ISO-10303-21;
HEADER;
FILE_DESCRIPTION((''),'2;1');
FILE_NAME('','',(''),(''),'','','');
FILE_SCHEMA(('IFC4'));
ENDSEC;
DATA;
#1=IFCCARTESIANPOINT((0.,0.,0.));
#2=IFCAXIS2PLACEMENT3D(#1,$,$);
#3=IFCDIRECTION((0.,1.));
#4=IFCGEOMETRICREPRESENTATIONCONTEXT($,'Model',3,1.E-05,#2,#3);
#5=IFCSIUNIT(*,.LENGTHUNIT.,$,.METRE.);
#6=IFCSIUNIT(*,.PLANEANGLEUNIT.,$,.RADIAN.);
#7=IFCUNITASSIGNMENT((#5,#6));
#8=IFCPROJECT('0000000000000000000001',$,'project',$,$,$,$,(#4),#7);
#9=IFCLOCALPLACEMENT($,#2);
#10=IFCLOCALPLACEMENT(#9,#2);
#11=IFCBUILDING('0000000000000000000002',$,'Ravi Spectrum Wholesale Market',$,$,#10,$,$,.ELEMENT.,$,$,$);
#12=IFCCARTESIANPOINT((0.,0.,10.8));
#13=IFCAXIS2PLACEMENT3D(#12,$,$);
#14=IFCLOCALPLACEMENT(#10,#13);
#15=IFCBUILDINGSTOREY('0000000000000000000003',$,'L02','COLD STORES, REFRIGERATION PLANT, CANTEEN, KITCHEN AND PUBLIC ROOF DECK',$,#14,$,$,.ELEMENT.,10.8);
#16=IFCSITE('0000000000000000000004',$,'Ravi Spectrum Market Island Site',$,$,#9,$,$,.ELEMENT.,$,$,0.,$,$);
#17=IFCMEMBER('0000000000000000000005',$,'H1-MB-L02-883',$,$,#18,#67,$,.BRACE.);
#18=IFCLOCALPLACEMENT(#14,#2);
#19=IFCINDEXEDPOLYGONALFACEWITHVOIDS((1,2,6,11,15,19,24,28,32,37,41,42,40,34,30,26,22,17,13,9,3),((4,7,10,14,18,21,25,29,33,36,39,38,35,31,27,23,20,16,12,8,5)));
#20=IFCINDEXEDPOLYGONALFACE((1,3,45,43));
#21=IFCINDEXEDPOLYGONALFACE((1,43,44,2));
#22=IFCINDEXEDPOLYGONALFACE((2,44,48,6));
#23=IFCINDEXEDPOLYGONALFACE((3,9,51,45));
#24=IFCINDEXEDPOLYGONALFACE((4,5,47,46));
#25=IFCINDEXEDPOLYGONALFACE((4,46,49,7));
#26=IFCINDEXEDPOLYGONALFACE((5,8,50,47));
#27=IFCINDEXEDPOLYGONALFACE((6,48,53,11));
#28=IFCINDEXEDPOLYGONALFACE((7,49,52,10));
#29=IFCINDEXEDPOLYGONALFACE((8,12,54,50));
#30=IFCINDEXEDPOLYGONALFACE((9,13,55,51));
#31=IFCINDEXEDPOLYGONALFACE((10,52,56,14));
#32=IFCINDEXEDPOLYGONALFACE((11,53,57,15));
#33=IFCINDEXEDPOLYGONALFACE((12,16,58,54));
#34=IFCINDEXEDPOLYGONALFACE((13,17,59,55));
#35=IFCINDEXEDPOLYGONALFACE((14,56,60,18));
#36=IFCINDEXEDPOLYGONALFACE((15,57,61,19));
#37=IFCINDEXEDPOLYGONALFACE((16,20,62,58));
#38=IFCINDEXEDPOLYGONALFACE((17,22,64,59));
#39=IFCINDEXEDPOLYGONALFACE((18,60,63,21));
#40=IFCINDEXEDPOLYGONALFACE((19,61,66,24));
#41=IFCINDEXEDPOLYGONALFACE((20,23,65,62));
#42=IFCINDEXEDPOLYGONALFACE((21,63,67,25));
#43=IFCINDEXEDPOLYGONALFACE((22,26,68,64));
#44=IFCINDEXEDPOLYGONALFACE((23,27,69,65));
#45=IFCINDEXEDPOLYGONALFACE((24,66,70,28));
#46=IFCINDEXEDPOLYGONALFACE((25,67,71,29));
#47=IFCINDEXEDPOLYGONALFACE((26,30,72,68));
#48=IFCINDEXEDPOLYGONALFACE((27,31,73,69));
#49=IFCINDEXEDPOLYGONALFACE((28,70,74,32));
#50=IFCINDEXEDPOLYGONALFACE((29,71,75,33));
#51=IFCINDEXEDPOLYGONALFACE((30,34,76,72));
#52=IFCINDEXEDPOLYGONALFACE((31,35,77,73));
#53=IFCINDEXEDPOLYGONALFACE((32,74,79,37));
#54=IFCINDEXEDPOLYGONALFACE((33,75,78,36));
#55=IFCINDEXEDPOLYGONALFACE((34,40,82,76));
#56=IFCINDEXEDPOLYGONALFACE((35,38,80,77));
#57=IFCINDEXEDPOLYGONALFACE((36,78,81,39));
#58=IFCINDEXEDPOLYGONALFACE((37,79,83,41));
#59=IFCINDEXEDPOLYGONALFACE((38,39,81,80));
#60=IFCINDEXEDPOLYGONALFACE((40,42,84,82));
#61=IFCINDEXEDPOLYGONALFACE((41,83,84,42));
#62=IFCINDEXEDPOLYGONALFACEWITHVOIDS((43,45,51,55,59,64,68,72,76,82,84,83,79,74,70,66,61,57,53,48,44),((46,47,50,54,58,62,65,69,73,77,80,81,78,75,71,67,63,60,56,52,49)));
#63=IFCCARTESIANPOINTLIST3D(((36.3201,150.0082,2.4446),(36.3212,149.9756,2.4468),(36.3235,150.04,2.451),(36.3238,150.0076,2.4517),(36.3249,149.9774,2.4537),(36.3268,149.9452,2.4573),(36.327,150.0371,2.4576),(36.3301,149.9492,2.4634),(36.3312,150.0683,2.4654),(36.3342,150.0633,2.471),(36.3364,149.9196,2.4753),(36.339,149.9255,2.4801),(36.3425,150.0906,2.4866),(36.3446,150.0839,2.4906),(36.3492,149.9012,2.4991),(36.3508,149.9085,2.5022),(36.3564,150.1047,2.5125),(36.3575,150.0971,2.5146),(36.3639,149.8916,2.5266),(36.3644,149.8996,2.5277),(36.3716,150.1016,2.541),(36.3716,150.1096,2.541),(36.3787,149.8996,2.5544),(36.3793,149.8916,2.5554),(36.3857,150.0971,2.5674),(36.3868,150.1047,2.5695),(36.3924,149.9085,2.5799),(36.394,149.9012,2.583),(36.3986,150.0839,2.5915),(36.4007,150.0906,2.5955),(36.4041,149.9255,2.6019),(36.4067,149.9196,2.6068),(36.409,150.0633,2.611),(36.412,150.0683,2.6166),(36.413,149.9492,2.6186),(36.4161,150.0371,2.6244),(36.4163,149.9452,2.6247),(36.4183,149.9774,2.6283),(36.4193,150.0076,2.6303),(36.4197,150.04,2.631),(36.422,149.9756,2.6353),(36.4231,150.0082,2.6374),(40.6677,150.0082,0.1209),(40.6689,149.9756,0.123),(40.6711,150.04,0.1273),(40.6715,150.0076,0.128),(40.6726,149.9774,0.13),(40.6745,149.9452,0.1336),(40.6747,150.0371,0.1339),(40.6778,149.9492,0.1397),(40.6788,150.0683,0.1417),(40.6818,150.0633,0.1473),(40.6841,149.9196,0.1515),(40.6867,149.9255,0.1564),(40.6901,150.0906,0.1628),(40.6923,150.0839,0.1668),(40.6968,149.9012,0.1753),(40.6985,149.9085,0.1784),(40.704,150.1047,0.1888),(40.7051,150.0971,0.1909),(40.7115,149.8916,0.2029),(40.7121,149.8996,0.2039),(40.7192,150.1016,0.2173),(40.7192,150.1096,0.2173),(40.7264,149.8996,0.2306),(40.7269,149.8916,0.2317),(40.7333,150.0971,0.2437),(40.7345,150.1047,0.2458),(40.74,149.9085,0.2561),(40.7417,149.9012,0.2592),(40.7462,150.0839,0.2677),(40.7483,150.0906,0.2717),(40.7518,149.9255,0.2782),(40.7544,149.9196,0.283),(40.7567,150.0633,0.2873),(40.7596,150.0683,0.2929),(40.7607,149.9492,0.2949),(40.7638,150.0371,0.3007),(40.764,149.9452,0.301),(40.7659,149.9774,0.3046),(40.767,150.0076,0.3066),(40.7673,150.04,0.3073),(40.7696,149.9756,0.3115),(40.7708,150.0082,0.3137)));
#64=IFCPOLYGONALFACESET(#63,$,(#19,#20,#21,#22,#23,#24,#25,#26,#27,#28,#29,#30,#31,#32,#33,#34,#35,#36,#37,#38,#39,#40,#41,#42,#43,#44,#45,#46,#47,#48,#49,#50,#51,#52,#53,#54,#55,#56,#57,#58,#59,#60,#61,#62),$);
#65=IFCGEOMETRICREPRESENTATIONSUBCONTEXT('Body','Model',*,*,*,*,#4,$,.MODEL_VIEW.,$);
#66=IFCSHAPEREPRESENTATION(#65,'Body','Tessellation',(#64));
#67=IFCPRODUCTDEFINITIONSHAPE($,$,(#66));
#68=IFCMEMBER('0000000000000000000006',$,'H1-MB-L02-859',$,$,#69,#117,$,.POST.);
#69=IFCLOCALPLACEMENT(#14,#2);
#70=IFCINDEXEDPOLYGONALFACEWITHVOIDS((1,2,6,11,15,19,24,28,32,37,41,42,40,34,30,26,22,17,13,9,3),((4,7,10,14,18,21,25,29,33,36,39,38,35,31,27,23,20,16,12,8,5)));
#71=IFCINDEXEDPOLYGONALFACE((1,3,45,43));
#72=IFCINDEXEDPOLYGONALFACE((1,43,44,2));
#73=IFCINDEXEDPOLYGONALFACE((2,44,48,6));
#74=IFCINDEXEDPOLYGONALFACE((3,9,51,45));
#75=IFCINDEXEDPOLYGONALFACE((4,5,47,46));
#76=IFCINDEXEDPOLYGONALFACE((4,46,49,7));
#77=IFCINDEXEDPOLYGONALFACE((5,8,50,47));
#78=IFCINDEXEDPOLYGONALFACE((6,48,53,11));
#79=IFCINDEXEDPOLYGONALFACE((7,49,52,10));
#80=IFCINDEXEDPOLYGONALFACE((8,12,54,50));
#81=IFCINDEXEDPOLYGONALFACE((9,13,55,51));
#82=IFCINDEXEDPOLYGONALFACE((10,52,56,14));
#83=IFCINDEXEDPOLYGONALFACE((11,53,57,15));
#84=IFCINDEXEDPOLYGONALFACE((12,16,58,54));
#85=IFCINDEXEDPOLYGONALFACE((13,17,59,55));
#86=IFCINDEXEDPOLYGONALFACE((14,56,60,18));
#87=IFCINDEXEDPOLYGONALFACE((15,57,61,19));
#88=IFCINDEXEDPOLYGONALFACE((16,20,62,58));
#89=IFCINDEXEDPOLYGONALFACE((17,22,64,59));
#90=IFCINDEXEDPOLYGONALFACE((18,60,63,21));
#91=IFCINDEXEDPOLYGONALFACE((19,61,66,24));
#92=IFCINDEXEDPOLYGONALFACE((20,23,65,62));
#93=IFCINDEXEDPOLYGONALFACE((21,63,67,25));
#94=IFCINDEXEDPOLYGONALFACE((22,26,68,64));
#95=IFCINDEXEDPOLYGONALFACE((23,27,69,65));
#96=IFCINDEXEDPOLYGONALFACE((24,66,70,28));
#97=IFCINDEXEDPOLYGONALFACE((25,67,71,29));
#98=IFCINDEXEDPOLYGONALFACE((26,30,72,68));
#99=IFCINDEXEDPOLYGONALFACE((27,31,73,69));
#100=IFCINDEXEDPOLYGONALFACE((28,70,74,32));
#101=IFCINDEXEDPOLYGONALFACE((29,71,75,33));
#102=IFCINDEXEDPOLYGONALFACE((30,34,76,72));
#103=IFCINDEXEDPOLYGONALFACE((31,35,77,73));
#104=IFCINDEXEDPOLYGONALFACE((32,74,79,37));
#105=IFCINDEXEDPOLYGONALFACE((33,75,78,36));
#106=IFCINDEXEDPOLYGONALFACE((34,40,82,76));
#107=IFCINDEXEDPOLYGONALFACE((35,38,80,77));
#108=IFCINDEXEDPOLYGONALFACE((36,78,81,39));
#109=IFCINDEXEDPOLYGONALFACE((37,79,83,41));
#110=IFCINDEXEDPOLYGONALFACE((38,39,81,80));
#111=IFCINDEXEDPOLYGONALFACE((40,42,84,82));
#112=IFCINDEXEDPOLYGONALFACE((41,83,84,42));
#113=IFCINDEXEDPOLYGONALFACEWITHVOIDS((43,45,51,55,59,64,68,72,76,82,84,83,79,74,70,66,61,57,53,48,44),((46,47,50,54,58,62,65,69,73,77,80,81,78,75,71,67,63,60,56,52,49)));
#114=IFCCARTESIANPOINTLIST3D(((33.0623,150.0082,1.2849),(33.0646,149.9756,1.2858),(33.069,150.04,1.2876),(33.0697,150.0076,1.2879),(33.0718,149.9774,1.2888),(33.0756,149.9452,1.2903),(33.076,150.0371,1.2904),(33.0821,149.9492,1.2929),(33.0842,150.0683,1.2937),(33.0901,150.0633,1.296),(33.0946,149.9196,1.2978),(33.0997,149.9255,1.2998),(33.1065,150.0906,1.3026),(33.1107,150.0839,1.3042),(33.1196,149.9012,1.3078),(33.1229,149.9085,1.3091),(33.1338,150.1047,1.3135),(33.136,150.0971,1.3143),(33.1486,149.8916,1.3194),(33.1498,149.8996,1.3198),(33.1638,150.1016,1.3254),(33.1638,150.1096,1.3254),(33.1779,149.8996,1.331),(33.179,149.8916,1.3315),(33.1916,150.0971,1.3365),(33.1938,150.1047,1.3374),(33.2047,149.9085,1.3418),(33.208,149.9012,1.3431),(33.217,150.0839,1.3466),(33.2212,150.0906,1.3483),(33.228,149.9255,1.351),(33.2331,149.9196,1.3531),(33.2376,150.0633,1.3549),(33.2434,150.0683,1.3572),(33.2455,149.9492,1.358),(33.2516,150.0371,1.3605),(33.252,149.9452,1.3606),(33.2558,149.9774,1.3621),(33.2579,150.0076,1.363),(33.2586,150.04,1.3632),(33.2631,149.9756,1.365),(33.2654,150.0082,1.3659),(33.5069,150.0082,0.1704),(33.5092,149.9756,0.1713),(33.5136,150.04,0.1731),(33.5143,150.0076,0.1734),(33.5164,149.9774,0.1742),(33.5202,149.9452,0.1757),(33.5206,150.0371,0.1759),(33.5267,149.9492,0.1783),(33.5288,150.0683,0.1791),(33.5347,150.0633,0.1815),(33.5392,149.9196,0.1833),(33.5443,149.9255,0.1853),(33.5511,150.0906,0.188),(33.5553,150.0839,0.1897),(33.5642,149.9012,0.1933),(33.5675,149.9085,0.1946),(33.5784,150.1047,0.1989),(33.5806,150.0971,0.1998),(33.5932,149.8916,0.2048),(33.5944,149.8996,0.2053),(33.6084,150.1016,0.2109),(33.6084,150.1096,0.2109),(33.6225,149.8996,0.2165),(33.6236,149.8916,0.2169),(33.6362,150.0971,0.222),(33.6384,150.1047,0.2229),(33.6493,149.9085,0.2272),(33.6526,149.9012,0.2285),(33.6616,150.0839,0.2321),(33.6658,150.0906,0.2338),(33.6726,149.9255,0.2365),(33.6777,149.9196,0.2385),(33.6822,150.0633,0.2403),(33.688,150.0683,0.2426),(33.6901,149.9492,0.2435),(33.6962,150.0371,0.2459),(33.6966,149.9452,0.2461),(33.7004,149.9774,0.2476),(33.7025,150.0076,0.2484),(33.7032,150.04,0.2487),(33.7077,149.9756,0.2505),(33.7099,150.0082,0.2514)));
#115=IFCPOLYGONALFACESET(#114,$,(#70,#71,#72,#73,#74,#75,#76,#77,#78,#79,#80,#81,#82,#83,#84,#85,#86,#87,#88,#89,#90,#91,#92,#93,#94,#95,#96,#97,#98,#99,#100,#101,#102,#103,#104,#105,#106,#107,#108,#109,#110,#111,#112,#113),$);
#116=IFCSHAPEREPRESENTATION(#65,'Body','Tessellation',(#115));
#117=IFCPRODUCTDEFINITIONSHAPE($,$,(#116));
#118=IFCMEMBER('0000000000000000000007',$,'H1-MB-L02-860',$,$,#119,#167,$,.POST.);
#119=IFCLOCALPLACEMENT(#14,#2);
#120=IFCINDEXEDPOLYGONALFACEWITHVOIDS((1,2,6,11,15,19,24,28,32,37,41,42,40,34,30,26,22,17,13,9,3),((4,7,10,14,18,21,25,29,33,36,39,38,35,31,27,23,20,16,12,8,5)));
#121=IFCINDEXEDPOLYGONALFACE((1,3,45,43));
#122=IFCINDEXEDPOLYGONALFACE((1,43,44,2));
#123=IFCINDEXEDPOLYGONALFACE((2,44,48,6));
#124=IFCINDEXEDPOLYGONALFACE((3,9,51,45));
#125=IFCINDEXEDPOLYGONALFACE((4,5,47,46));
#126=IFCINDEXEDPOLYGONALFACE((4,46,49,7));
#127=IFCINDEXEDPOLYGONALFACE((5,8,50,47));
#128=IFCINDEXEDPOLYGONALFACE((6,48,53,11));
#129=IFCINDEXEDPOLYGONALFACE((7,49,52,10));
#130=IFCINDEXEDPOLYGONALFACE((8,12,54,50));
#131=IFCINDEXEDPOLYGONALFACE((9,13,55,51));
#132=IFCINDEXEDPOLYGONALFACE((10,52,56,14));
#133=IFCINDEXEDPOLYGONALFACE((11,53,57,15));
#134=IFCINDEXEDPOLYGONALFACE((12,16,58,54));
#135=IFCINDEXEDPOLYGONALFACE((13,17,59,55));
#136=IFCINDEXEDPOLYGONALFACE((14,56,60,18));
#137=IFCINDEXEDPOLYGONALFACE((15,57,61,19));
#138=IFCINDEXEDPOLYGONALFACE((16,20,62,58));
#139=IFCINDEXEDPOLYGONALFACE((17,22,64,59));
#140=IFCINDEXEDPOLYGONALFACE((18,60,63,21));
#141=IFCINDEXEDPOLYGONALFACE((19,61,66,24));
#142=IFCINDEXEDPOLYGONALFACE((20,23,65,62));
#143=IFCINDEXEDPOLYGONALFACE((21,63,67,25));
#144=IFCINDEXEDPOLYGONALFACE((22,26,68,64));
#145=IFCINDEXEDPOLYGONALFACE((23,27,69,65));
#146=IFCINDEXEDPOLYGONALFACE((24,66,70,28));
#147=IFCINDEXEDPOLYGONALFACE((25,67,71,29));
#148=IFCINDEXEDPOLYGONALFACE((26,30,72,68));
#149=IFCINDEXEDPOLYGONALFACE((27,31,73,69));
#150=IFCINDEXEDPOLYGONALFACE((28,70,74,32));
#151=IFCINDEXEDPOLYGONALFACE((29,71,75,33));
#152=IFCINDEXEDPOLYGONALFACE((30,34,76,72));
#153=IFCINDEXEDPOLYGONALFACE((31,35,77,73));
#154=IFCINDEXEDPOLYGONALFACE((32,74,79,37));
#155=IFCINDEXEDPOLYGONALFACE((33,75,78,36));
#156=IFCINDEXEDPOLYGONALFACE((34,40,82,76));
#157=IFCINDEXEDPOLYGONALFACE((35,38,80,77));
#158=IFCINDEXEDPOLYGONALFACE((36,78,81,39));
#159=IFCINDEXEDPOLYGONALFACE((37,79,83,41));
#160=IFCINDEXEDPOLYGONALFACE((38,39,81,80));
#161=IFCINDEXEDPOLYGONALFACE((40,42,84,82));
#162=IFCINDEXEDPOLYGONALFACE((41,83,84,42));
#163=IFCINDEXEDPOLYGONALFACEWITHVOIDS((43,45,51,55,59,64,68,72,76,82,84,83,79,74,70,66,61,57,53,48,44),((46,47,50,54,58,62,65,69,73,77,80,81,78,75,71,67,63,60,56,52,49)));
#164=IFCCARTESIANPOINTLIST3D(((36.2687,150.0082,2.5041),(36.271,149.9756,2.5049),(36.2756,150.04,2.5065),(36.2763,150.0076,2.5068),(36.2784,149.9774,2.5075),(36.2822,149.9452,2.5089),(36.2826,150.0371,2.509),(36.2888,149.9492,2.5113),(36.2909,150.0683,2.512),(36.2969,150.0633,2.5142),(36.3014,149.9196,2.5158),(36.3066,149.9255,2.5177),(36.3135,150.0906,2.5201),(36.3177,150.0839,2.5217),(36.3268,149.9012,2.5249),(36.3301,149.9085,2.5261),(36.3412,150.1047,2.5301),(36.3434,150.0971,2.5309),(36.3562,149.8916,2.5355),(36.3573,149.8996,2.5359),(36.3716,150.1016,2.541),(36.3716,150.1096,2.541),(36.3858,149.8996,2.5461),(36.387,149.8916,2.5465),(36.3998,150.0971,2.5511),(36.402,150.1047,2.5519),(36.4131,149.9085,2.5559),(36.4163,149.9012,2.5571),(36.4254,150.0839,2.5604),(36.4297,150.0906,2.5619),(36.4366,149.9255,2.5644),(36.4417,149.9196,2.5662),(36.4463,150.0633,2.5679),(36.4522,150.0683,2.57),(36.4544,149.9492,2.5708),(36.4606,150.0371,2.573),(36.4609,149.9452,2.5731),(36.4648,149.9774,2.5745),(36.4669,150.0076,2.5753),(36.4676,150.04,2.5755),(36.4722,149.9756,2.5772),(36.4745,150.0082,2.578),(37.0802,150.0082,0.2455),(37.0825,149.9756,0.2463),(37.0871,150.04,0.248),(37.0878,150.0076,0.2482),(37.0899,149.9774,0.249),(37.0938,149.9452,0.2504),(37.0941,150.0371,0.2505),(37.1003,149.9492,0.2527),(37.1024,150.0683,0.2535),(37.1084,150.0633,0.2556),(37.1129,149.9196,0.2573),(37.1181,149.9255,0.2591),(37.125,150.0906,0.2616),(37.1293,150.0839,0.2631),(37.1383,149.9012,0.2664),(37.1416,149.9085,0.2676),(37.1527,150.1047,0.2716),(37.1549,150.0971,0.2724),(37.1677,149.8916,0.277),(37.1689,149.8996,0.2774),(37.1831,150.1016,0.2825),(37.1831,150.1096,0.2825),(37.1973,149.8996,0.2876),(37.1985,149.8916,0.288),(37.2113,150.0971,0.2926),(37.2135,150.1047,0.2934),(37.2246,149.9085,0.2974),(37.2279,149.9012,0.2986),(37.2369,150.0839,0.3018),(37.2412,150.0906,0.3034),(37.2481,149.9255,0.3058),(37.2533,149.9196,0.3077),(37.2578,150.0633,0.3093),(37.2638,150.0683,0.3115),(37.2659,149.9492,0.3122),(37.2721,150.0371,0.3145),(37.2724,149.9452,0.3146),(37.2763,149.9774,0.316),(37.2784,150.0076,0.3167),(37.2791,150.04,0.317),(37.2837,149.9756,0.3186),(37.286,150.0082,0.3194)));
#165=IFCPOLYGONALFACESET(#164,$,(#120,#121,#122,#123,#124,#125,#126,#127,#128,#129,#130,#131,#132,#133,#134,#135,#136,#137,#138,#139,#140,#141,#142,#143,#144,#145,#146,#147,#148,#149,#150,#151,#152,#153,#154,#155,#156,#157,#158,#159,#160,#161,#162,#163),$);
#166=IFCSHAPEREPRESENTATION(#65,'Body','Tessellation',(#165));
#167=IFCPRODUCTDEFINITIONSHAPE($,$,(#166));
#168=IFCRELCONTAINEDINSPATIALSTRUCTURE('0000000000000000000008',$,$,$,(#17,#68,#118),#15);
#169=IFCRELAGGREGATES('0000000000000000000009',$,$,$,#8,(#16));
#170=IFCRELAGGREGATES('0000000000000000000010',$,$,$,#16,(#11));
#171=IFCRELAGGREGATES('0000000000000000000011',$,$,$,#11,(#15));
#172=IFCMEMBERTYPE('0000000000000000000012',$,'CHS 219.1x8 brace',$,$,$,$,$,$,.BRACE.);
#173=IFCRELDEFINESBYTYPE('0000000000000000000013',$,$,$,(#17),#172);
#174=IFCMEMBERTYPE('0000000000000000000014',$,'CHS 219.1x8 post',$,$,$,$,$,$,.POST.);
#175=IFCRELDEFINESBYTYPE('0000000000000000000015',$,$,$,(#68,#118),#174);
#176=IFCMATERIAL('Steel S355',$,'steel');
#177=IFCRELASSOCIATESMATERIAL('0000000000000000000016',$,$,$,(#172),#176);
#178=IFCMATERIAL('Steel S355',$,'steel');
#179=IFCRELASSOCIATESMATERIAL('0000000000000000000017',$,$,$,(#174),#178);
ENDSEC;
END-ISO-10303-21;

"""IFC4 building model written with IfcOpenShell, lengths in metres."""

from ifc_helpers import new_model, si_unit, direction, frame, origin, origin_2d, place, context, subcontext, project, spatial, hollow_circle, extrude, material, material_profile, profile_set, type_object, element, save


model = new_model("IFC4")

# Units and contexts
model_context = context("Model", 3, precision=1e-05, world=origin(), true_north=direction((0.0, 1.0)))
body_context = subcontext(model_context, "Body", "Model", "MODEL_VIEW")
ifc_project = project(units=[si_unit("LENGTHUNIT", "METRE"), si_unit("PLANEANGLEUNIT", "RADIAN")], contexts=[model_context])

# Site, building, storey
site_placement = place(None, origin())
site = spatial("IfcSite", under=ifc_project, at=site_placement, Name="Ravi Spectrum Market Island Site", CompositionType="ELEMENT", RefElevation=0.0)
building_placement = place(site_placement, origin())
building = spatial("IfcBuilding", under=site, at=building_placement, Name="Ravi Spectrum Wholesale Market", CompositionType="ELEMENT")
storey_placement = place(building_placement, frame((0.0, 0.0, 10.8)))
storey = spatial("IfcBuildingStorey", under=building, at=storey_placement, Name="L02", Description="COLD STORES, REFRIGERATION PLANT, CANTEEN, KITCHEN AND PUBLIC ROOF DECK", CompositionType="ELEMENT", Elevation=10.8)

# Members
ifc_material_1 = material(Name="Steel S355", Category="steel")
ifc_material_profile_1 = material_profile(ifc_material_1, hollow_circle(Radius=0.1096, WallThickness=0.0081, at=origin_2d()))
ifc_profile_set_1 = profile_set([ifc_material_profile_1], Name="Steel S355")
member_type_1 = type_object("IfcMemberType", Name="CHS 219.1x8 brace", PredefinedType="BRACE", material=ifc_profile_set_1)
member_1_placement = place(storey_placement, frame((36.3716, 150.0, 2.541), z_axis=(0.881933, 0.0, -0.471375), x_axis=(0.0, 1.0, 0.0)))
element("IfcMember", 1, at=member_1_placement, inside=storey, type_object=member_type_1, Name="H1-MB-L02-883", PredefinedType="BRACE", context=body_context, shape_type="SweptSolid", body=[
    extrude(hollow_circle(Radius=0.1096, WallThickness=0.0081, at=origin_2d()), origin(), (0.0, 0.0, 1.0), 4.9297),
])
ifc_material_2 = material(Name="Steel S355", Category="steel")
ifc_material_profile_2 = material_profile(ifc_material_2, hollow_circle(Radius=0.1096, WallThickness=0.0081, at=origin_2d()))
ifc_profile_set_2 = profile_set([ifc_material_profile_2], Name="Steel S355")
member_type_2 = type_object("IfcMemberType", Name="CHS 219.1x8 post", PredefinedType="POST", material=ifc_profile_set_2)
member_2_placement = place(storey_placement, frame((33.1638, 150.0, 1.3254), z_axis=(0.370513, 0.0, -0.928827), x_axis=(0.0, 1.0, 0.0)))
element("IfcMember", 2, at=member_2_placement, inside=storey, type_object=member_type_2, Name="H1-MB-L02-859", PredefinedType="POST", context=body_context, shape_type="SweptSolid", body=[
    extrude(hollow_circle(Radius=0.1096, WallThickness=0.0081, at=origin_2d()), origin(), (0.0, 0.0, 1.0), 1.2),
])
member_3_placement = place(storey_placement, frame((36.3716, 150.0, 2.541), z_axis=(0.338147, 0.0, -0.941093), x_axis=(0.0, 1.0, 0.0)))
element("IfcMember", 3, at=member_3_placement, inside=storey, type_object=member_type_2, Name="H1-MB-L02-860", PredefinedType="POST", context=body_context, shape_type="SweptSolid", body=[
    extrude(hollow_circle(Radius=0.1096, WallThickness=0.0081, at=origin_2d()), origin(), (0.0, 0.0, 1.0), 2.3999),
])

save(model, "model.ifc")
